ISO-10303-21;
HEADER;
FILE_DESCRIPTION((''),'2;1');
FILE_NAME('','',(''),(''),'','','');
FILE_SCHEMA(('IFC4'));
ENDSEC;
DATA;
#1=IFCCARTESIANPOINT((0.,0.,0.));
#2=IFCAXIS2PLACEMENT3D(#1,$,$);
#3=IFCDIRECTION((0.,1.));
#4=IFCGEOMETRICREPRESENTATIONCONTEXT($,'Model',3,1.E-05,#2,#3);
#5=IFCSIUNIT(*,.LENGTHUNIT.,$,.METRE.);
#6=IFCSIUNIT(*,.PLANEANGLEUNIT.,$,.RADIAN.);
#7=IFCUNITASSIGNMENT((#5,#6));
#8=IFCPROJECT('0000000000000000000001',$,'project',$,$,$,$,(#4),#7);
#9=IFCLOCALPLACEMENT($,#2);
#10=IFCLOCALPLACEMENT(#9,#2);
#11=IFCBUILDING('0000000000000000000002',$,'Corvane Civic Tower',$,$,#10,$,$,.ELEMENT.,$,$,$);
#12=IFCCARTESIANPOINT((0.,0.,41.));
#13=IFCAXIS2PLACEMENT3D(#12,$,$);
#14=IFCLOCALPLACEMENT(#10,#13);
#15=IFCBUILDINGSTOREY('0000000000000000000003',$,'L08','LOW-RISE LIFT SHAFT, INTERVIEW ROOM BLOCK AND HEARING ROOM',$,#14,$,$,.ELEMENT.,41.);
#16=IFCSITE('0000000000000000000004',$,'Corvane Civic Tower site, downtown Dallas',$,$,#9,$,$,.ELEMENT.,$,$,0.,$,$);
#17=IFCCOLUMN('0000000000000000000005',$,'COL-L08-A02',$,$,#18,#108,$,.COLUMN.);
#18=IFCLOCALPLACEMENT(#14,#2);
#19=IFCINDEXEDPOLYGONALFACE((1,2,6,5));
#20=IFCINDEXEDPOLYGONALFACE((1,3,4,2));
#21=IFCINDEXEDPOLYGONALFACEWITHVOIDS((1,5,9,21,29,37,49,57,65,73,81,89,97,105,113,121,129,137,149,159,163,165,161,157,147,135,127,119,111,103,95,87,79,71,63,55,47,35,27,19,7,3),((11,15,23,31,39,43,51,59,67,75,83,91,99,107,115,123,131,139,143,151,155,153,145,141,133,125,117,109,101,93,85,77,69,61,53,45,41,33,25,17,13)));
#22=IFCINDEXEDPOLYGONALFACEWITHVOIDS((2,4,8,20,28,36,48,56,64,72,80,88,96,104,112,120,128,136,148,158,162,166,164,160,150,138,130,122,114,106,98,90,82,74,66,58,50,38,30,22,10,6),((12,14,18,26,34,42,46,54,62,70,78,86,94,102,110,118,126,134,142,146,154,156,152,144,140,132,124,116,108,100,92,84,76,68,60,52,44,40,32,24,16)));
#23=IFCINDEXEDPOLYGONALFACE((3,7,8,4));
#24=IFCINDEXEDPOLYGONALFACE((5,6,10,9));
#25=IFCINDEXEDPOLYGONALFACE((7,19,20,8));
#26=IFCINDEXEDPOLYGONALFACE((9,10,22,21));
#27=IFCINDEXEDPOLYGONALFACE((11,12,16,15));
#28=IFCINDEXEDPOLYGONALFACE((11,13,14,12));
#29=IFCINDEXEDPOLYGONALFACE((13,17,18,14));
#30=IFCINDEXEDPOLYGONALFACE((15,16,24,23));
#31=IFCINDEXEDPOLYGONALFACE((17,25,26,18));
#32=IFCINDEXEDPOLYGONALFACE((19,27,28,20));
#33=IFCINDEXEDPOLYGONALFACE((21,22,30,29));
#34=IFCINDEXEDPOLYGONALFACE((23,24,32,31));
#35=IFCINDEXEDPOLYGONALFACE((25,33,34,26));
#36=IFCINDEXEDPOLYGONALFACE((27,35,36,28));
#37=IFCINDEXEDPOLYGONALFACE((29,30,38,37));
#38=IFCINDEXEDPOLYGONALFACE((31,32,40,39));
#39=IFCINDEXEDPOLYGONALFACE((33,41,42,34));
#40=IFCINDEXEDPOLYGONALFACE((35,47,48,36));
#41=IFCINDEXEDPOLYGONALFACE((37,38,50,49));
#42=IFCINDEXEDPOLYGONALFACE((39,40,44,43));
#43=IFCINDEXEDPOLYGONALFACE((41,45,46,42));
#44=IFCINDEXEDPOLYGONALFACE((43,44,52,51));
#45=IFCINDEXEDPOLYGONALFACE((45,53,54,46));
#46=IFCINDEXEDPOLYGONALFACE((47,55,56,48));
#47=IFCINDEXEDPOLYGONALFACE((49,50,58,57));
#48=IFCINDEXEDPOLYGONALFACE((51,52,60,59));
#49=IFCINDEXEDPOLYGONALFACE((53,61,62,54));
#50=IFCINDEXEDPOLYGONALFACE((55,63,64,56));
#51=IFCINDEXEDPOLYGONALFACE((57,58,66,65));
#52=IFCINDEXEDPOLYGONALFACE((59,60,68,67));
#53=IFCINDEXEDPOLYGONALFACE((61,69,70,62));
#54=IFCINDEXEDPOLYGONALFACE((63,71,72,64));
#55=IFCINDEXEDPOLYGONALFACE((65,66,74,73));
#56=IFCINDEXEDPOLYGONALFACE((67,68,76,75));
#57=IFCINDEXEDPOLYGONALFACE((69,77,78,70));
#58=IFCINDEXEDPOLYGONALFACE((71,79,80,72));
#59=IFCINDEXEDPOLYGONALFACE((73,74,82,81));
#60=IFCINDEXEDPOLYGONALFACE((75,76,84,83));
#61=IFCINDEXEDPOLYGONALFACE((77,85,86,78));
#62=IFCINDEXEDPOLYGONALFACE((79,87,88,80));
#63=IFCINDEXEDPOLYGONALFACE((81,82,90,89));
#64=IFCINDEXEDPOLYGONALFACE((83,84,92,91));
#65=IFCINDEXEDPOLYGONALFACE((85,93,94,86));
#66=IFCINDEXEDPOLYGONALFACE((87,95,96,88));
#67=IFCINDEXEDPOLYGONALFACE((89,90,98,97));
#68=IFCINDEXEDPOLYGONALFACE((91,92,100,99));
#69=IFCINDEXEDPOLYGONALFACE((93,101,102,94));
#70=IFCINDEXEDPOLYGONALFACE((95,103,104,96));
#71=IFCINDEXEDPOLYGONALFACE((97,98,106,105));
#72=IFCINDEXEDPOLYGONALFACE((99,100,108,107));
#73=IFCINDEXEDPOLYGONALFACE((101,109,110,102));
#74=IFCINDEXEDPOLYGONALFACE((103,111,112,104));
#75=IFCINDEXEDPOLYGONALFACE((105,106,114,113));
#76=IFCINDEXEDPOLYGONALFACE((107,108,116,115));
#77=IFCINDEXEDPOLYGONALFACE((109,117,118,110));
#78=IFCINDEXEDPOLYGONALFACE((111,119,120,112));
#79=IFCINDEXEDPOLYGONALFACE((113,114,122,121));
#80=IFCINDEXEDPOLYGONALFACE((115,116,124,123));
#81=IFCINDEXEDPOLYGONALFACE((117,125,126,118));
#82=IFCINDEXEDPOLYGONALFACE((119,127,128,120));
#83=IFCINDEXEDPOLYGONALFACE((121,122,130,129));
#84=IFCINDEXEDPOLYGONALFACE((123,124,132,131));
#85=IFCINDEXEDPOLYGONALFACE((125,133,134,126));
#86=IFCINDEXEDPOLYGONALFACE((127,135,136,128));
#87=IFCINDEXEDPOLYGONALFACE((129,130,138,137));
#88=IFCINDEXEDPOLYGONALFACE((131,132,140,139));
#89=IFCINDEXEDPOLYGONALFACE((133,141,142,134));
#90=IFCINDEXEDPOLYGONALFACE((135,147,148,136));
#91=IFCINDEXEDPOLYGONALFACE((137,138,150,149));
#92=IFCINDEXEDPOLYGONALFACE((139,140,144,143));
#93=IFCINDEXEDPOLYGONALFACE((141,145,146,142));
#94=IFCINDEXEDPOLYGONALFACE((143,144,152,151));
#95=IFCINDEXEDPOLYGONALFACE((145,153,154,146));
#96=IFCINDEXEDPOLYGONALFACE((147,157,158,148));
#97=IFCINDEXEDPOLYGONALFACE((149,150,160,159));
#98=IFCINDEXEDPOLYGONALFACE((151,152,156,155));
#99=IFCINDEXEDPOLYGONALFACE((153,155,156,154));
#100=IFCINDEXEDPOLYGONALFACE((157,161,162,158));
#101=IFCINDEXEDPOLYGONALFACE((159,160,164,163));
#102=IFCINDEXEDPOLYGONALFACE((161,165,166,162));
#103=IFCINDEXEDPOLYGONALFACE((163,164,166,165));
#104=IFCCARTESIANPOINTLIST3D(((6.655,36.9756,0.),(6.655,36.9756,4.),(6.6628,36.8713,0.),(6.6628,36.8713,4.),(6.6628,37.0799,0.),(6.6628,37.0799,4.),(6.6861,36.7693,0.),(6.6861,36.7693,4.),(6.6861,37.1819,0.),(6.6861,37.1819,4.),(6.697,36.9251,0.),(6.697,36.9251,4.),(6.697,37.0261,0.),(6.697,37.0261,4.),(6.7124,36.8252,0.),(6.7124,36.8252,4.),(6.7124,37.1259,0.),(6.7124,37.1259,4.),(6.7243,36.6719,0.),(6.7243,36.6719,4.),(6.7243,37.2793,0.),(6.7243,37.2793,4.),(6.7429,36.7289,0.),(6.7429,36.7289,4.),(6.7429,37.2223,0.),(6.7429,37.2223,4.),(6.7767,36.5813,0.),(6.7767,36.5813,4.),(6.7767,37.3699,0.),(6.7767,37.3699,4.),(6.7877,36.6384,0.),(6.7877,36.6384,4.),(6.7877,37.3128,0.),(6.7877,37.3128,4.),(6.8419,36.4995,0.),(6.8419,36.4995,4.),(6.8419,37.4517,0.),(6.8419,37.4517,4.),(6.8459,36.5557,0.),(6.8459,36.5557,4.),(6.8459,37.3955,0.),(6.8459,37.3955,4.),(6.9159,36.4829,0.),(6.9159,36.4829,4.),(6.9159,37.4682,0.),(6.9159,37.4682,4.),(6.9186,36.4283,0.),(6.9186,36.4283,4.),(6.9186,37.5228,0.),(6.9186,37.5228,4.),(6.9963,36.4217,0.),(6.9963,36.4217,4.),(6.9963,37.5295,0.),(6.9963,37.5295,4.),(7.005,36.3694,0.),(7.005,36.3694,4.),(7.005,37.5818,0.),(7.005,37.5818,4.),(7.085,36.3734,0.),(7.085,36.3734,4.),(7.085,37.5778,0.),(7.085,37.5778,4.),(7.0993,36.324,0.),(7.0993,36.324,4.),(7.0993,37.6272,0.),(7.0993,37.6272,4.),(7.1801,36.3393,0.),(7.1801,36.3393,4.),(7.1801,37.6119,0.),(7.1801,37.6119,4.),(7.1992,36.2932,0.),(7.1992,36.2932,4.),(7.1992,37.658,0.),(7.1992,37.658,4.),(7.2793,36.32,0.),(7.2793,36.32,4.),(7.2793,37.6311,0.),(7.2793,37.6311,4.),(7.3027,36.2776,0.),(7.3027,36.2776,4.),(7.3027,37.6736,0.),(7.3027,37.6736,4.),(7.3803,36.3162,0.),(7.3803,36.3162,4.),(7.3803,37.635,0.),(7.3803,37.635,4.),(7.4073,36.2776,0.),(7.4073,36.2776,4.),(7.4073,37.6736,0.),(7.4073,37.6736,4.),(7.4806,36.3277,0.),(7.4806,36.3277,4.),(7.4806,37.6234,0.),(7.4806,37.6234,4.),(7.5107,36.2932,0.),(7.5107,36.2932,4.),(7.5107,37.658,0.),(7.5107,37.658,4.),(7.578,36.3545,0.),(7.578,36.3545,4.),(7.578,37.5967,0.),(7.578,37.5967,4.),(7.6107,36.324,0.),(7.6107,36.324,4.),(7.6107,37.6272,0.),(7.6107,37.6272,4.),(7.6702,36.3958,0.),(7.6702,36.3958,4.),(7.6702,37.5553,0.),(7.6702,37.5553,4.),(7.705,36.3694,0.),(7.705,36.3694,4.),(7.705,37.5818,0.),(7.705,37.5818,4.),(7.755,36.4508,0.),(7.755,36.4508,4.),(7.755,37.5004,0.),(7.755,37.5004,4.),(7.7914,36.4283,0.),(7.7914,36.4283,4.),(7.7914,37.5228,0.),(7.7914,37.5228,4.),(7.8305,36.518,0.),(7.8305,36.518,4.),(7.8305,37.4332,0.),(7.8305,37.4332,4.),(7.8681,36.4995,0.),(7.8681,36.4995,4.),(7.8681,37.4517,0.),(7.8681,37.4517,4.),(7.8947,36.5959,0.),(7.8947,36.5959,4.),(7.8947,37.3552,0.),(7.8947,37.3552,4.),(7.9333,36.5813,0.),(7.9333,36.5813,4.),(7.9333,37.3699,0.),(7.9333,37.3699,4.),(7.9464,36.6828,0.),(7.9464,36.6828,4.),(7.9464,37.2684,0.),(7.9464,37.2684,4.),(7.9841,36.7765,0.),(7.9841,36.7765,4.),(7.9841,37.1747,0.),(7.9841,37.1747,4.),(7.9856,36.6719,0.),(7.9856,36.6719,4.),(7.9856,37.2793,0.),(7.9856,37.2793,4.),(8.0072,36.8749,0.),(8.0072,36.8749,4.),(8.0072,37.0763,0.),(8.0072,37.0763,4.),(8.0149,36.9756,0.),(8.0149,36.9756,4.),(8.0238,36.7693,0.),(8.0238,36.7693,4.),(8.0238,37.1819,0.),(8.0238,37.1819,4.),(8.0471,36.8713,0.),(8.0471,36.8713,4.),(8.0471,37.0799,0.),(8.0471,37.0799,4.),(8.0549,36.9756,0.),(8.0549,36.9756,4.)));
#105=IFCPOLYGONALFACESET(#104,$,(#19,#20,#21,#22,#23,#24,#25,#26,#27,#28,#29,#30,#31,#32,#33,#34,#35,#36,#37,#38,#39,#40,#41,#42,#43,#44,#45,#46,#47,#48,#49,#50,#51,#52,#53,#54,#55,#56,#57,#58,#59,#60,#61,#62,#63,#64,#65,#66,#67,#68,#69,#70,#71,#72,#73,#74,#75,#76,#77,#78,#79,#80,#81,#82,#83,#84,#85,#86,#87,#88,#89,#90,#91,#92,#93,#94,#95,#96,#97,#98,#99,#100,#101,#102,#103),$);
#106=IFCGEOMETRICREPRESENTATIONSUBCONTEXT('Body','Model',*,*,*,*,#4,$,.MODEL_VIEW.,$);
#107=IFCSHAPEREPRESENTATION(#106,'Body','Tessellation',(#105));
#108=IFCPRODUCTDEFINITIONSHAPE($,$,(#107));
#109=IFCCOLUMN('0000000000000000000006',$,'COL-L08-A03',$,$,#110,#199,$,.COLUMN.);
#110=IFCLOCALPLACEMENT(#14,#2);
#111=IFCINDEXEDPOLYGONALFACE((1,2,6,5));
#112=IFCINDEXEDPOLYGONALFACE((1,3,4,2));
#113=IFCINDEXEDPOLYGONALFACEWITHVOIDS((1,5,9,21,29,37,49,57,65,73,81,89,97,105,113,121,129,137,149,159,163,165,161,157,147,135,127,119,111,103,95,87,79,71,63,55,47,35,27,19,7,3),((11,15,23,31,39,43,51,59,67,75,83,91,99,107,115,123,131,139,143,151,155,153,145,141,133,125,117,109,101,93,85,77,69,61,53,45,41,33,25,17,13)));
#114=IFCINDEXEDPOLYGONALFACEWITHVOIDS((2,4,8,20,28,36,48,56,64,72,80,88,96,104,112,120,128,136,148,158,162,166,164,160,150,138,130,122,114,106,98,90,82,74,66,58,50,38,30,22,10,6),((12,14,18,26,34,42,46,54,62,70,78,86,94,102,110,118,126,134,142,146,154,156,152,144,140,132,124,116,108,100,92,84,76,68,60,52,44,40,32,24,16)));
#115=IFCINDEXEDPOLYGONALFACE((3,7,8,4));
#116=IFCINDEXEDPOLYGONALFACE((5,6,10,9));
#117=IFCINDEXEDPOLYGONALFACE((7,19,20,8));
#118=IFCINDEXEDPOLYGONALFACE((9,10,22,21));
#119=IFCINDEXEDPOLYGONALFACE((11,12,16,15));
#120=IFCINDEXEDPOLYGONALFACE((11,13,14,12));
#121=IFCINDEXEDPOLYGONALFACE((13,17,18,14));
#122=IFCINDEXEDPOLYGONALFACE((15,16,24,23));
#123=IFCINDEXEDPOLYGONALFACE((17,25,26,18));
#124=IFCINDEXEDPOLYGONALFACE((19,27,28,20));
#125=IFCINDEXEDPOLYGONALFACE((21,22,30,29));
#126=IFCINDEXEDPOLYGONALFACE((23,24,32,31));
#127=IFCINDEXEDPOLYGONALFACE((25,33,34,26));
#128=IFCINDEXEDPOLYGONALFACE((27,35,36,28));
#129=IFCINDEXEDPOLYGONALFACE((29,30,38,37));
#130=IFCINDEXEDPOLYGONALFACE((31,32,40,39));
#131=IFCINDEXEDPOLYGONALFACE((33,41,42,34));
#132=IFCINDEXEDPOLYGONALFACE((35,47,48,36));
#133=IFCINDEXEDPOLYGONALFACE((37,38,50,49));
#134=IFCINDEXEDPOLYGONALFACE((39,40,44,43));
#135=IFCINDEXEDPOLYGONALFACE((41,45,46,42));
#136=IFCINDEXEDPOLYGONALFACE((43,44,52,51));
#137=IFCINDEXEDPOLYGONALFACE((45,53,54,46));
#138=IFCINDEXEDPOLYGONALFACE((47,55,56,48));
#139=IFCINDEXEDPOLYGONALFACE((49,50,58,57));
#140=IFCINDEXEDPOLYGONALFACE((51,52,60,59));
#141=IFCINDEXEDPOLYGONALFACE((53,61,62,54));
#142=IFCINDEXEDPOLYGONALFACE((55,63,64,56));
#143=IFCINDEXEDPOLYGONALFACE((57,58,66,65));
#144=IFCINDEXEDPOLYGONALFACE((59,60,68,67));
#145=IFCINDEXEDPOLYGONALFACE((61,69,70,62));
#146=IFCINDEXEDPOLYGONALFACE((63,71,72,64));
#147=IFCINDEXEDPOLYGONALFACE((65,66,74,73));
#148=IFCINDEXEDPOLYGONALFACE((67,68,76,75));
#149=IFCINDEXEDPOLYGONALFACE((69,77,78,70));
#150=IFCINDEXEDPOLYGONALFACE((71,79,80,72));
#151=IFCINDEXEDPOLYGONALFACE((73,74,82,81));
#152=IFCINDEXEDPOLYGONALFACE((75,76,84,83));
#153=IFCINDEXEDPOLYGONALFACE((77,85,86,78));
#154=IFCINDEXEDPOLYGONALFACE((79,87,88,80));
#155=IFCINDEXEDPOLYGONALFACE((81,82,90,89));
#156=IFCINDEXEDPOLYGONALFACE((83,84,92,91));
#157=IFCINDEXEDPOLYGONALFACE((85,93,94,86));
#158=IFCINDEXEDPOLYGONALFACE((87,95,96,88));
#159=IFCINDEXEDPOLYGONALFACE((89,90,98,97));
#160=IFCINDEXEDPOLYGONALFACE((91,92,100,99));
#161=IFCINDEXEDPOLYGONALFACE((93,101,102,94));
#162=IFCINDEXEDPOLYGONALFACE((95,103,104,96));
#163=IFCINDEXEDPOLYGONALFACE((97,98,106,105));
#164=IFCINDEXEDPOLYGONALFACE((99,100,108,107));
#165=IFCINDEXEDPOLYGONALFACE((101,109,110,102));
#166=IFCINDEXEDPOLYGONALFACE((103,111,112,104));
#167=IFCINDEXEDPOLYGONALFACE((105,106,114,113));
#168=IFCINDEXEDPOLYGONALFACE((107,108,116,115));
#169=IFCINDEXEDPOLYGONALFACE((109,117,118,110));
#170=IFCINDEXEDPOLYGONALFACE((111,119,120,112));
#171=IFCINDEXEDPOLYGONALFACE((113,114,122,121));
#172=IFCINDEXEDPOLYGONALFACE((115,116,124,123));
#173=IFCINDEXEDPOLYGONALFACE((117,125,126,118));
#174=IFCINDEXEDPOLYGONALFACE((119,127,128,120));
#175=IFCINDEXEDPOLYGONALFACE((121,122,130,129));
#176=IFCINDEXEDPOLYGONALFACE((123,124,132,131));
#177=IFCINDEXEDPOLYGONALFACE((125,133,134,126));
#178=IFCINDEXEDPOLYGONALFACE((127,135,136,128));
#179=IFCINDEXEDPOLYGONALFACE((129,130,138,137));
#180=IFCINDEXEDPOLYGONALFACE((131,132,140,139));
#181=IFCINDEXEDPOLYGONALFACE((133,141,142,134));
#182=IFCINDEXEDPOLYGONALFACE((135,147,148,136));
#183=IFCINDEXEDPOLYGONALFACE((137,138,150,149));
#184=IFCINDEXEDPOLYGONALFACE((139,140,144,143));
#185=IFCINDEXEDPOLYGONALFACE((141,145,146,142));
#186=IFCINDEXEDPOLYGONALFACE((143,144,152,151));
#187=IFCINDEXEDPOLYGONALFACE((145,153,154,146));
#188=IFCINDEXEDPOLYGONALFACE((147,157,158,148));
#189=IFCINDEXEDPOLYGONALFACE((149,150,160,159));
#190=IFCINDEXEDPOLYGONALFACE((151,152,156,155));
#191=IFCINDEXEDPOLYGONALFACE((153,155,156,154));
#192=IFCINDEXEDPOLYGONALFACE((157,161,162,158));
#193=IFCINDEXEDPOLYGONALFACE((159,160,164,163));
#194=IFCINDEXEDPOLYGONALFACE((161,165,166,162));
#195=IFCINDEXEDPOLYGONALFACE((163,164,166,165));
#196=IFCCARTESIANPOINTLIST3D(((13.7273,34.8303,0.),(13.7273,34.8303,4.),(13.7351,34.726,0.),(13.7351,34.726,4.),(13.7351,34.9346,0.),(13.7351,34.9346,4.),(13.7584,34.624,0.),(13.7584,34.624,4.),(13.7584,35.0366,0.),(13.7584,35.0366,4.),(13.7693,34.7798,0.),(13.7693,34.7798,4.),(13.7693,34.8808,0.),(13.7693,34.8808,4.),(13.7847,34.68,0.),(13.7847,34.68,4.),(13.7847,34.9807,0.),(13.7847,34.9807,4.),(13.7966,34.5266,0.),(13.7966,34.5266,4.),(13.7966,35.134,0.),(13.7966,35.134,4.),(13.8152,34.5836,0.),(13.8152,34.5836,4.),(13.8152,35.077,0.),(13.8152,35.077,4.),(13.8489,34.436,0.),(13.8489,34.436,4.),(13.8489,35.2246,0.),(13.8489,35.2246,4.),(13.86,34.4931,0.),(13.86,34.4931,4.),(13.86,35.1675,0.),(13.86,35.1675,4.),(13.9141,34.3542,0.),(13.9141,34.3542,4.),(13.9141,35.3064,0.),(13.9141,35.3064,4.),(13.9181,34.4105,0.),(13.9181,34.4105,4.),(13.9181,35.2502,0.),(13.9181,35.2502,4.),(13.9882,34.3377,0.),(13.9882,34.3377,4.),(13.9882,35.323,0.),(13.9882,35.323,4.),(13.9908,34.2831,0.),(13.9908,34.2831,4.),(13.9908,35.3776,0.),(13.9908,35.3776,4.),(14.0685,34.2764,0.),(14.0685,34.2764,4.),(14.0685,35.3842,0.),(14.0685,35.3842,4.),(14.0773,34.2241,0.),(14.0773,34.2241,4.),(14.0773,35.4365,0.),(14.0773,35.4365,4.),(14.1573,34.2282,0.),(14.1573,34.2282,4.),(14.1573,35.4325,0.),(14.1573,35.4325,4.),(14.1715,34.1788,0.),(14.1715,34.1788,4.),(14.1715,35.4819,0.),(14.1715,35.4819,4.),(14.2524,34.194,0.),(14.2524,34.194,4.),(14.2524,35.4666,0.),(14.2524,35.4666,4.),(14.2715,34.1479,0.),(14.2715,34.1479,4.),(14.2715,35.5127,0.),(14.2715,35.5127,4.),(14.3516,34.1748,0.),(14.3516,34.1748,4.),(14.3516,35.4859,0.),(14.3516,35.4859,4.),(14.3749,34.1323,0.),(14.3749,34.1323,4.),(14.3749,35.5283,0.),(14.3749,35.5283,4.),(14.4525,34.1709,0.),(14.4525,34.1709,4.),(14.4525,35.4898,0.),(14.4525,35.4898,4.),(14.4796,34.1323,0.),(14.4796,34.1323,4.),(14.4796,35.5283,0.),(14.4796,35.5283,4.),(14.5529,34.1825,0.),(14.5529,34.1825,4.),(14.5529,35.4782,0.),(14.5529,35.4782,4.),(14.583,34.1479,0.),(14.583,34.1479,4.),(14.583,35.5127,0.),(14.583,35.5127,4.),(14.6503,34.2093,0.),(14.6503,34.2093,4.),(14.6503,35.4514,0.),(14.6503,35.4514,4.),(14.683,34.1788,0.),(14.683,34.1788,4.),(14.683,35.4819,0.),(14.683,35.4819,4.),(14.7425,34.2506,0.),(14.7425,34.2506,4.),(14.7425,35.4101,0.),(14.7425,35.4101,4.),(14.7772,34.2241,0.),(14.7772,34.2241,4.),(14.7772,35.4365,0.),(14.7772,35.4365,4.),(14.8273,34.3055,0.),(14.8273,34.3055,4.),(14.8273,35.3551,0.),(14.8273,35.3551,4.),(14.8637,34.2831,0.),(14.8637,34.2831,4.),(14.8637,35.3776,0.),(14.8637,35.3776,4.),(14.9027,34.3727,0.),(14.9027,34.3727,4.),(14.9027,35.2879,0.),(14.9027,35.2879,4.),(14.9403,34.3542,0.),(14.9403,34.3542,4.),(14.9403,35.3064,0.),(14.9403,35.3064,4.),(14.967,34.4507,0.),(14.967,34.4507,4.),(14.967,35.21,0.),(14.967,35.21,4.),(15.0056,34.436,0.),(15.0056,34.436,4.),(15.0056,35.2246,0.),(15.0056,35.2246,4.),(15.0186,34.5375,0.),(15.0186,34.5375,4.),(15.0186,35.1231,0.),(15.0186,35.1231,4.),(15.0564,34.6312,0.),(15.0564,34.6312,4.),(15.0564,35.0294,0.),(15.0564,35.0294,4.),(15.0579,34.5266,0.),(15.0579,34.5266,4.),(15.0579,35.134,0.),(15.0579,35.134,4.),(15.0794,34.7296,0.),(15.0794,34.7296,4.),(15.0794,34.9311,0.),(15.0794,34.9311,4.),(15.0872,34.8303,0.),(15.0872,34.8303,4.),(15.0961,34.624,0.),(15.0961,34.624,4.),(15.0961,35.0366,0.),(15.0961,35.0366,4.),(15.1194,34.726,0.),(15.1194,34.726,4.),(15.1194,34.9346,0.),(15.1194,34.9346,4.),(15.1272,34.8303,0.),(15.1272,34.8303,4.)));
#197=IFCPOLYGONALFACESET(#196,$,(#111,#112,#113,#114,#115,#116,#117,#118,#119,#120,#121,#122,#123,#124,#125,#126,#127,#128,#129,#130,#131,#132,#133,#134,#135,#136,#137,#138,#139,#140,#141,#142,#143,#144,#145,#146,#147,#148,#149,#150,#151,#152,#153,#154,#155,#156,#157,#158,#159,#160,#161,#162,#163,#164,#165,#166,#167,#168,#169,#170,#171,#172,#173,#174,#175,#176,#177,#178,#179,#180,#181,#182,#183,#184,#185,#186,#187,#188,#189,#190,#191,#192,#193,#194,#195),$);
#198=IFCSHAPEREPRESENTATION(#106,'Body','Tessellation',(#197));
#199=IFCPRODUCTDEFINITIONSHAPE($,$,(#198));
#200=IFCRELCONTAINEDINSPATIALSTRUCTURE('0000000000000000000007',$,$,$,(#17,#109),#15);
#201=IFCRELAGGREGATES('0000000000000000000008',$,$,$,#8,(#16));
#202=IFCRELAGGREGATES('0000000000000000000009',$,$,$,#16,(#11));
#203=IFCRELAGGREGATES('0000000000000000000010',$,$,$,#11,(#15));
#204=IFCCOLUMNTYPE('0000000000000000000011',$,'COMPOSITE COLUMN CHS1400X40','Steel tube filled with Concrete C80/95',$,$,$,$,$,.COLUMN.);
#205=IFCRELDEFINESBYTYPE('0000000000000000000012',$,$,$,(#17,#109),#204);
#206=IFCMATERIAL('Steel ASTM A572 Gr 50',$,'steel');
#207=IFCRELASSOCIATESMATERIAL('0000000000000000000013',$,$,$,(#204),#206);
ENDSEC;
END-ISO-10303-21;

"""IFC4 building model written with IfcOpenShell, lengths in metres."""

from ifc_helpers import new_model, si_unit, direction, frame, origin, origin_2d, place, context, subcontext, project, spatial, hollow_circle, extrude, material, material_profile, profile_set, type_object, element, save


model = new_model("IFC4")

# Units and contexts
model_context = context("Model", 3, precision=1e-05, world=origin(), true_north=direction((0.0, 1.0)))
body_context = subcontext(model_context, "Body", "Model", "MODEL_VIEW")
ifc_project = project(units=[si_unit("LENGTHUNIT", "METRE"), si_unit("PLANEANGLEUNIT", "RADIAN")], contexts=[model_context])

# Site, building, storey
site_placement = place(None, origin())
site = spatial("IfcSite", under=ifc_project, at=site_placement, Name="Corvane Civic Tower site, downtown Dallas", CompositionType="ELEMENT", RefElevation=0.0)
building_placement = place(site_placement, origin())
building = spatial("IfcBuilding", under=site, at=building_placement, Name="Corvane Civic Tower", CompositionType="ELEMENT")
storey_placement = place(building_placement, frame((0.0, 0.0, 41.0)))
storey = spatial("IfcBuildingStorey", under=building, at=storey_placement, Name="L08", Description="LOW-RISE LIFT SHAFT, INTERVIEW ROOM BLOCK AND HEARING ROOM", CompositionType="ELEMENT", Elevation=41.0)

# Columns
ifc_material_1 = material(Name="Steel ASTM A572 Gr 50", Category="steel")
ifc_material_profile_1 = material_profile(ifc_material_1, hollow_circle(Radius=0.7, WallThickness=0.04, at=origin_2d()), Name="CHS1400X40")
ifc_profile_set_1 = profile_set([ifc_material_profile_1], Name="Steel ASTM A572 Gr 50")
column_type = type_object("IfcColumnType", Name="COMPOSITE COLUMN CHS1400X40", Description="Steel tube filled with Concrete C80/95", PredefinedType="COLUMN", material=ifc_profile_set_1)
for number, where, z_axis, x_axis, name in (
    (1, (7.355, 36.9756, 0.0), (0.0, 0.0, 1.0), (1.0, 0.0, 0.0), "COL-L08-A02"),
    (2, (14.4272, 34.8303, 0.0), (0.0, 0.0, 1.0), (1.0, 0.0, 0.0), "COL-L08-A03"),
):
    element("IfcColumn", number, at=place(storey_placement, frame(where, z_axis=z_axis, x_axis=x_axis)), inside=storey, type_object=column_type, Name=name, PredefinedType="COLUMN", context=body_context, shape_type="SweptSolid", body=[
        extrude(hollow_circle(Radius=0.7, WallThickness=0.04, at=origin_2d()), origin(), (0.0, 0.0, 1.0), 4.0),
    ])

save(model, "model.ifc")
